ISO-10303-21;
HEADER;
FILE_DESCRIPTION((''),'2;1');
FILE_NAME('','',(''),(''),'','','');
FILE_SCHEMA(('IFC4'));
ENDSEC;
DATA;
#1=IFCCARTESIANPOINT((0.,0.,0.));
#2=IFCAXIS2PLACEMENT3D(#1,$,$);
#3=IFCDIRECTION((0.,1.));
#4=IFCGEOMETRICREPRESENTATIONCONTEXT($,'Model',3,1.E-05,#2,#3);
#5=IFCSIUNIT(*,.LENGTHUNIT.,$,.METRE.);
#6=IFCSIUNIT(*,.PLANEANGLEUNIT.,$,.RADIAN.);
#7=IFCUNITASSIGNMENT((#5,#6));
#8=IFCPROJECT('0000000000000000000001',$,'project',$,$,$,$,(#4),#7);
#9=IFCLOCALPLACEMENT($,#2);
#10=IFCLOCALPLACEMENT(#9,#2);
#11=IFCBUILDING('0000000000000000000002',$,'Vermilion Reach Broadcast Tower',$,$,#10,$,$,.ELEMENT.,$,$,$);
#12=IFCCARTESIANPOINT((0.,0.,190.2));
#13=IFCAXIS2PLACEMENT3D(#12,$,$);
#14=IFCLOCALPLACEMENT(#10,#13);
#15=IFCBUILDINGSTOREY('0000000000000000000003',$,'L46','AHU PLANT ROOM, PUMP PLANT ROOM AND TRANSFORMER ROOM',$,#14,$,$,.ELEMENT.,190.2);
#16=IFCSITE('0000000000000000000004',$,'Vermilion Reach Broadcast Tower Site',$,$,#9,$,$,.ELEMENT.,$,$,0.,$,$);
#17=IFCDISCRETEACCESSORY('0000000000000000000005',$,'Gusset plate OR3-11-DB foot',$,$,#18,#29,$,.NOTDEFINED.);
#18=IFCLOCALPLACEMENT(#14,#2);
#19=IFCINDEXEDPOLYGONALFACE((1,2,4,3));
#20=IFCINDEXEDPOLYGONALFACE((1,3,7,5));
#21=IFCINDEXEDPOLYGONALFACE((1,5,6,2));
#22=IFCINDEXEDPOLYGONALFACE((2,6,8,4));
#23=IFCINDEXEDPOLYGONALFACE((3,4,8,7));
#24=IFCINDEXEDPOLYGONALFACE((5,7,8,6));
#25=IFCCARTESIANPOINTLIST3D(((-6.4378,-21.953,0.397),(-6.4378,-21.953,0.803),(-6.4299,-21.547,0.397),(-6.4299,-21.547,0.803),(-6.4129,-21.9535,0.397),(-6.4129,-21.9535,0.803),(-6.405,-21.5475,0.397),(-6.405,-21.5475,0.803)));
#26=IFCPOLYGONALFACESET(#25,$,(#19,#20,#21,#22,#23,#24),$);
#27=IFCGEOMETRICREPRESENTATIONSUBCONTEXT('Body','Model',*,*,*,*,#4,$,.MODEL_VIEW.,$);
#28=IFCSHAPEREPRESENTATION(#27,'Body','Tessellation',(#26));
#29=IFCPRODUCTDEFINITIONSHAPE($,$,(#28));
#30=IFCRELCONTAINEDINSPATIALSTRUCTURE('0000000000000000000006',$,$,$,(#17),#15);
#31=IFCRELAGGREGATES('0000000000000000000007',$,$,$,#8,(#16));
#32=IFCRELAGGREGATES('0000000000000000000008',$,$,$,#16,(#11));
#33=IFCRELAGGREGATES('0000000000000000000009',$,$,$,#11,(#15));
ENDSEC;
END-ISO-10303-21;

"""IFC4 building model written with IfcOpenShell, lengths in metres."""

from ifc_helpers import new_model, si_unit, direction, frame, origin, origin_2d, place, context, subcontext, project, spatial, rectangle, extrude, element, save


model = new_model("IFC4")

# Units and contexts
model_context = context("Model", 3, precision=1e-05, world=origin(), true_north=direction((0.0, 1.0)))
body_context = subcontext(model_context, "Body", "Model", "MODEL_VIEW")
ifc_project = project(units=[si_unit("LENGTHUNIT", "METRE"), si_unit("PLANEANGLEUNIT", "RADIAN")], contexts=[model_context])

# Site, building, storey
site_placement = place(None, origin())
site = spatial("IfcSite", under=ifc_project, at=site_placement, Name="Vermilion Reach Broadcast Tower Site", CompositionType="ELEMENT", RefElevation=0.0)
building_placement = place(site_placement, origin())
building = spatial("IfcBuilding", under=site, at=building_placement, Name="Vermilion Reach Broadcast Tower", CompositionType="ELEMENT")
storey_placement = place(building_placement, frame((0.0, 0.0, 190.2)))
storey = spatial("IfcBuildingStorey", under=building, at=storey_placement, Name="L46", Description="AHU PLANT ROOM, PUMP PLANT ROOM AND TRANSFORMER ROOM", CompositionType="ELEMENT", Elevation=190.2)

# Discrete accessory
discrete_accessory_placement = place(storey_placement, frame((-6.4214, -21.7502, 0.397), z_axis=(0.0, 0.0, 1.0), x_axis=(0.999812, -0.019372, 0.0)))
element("IfcDiscreteAccessory", 1, at=discrete_accessory_placement, inside=storey, Name="Gusset plate OR3-11-DB foot", PredefinedType="NOTDEFINED", context=body_context, shape_type="SweptSolid", body=[
    extrude(rectangle(XDim=0.0249, YDim=0.406, at=origin_2d()), origin(), (0.0, 0.0, 1.0), 0.406),
])

save(model, "model.ifc")
